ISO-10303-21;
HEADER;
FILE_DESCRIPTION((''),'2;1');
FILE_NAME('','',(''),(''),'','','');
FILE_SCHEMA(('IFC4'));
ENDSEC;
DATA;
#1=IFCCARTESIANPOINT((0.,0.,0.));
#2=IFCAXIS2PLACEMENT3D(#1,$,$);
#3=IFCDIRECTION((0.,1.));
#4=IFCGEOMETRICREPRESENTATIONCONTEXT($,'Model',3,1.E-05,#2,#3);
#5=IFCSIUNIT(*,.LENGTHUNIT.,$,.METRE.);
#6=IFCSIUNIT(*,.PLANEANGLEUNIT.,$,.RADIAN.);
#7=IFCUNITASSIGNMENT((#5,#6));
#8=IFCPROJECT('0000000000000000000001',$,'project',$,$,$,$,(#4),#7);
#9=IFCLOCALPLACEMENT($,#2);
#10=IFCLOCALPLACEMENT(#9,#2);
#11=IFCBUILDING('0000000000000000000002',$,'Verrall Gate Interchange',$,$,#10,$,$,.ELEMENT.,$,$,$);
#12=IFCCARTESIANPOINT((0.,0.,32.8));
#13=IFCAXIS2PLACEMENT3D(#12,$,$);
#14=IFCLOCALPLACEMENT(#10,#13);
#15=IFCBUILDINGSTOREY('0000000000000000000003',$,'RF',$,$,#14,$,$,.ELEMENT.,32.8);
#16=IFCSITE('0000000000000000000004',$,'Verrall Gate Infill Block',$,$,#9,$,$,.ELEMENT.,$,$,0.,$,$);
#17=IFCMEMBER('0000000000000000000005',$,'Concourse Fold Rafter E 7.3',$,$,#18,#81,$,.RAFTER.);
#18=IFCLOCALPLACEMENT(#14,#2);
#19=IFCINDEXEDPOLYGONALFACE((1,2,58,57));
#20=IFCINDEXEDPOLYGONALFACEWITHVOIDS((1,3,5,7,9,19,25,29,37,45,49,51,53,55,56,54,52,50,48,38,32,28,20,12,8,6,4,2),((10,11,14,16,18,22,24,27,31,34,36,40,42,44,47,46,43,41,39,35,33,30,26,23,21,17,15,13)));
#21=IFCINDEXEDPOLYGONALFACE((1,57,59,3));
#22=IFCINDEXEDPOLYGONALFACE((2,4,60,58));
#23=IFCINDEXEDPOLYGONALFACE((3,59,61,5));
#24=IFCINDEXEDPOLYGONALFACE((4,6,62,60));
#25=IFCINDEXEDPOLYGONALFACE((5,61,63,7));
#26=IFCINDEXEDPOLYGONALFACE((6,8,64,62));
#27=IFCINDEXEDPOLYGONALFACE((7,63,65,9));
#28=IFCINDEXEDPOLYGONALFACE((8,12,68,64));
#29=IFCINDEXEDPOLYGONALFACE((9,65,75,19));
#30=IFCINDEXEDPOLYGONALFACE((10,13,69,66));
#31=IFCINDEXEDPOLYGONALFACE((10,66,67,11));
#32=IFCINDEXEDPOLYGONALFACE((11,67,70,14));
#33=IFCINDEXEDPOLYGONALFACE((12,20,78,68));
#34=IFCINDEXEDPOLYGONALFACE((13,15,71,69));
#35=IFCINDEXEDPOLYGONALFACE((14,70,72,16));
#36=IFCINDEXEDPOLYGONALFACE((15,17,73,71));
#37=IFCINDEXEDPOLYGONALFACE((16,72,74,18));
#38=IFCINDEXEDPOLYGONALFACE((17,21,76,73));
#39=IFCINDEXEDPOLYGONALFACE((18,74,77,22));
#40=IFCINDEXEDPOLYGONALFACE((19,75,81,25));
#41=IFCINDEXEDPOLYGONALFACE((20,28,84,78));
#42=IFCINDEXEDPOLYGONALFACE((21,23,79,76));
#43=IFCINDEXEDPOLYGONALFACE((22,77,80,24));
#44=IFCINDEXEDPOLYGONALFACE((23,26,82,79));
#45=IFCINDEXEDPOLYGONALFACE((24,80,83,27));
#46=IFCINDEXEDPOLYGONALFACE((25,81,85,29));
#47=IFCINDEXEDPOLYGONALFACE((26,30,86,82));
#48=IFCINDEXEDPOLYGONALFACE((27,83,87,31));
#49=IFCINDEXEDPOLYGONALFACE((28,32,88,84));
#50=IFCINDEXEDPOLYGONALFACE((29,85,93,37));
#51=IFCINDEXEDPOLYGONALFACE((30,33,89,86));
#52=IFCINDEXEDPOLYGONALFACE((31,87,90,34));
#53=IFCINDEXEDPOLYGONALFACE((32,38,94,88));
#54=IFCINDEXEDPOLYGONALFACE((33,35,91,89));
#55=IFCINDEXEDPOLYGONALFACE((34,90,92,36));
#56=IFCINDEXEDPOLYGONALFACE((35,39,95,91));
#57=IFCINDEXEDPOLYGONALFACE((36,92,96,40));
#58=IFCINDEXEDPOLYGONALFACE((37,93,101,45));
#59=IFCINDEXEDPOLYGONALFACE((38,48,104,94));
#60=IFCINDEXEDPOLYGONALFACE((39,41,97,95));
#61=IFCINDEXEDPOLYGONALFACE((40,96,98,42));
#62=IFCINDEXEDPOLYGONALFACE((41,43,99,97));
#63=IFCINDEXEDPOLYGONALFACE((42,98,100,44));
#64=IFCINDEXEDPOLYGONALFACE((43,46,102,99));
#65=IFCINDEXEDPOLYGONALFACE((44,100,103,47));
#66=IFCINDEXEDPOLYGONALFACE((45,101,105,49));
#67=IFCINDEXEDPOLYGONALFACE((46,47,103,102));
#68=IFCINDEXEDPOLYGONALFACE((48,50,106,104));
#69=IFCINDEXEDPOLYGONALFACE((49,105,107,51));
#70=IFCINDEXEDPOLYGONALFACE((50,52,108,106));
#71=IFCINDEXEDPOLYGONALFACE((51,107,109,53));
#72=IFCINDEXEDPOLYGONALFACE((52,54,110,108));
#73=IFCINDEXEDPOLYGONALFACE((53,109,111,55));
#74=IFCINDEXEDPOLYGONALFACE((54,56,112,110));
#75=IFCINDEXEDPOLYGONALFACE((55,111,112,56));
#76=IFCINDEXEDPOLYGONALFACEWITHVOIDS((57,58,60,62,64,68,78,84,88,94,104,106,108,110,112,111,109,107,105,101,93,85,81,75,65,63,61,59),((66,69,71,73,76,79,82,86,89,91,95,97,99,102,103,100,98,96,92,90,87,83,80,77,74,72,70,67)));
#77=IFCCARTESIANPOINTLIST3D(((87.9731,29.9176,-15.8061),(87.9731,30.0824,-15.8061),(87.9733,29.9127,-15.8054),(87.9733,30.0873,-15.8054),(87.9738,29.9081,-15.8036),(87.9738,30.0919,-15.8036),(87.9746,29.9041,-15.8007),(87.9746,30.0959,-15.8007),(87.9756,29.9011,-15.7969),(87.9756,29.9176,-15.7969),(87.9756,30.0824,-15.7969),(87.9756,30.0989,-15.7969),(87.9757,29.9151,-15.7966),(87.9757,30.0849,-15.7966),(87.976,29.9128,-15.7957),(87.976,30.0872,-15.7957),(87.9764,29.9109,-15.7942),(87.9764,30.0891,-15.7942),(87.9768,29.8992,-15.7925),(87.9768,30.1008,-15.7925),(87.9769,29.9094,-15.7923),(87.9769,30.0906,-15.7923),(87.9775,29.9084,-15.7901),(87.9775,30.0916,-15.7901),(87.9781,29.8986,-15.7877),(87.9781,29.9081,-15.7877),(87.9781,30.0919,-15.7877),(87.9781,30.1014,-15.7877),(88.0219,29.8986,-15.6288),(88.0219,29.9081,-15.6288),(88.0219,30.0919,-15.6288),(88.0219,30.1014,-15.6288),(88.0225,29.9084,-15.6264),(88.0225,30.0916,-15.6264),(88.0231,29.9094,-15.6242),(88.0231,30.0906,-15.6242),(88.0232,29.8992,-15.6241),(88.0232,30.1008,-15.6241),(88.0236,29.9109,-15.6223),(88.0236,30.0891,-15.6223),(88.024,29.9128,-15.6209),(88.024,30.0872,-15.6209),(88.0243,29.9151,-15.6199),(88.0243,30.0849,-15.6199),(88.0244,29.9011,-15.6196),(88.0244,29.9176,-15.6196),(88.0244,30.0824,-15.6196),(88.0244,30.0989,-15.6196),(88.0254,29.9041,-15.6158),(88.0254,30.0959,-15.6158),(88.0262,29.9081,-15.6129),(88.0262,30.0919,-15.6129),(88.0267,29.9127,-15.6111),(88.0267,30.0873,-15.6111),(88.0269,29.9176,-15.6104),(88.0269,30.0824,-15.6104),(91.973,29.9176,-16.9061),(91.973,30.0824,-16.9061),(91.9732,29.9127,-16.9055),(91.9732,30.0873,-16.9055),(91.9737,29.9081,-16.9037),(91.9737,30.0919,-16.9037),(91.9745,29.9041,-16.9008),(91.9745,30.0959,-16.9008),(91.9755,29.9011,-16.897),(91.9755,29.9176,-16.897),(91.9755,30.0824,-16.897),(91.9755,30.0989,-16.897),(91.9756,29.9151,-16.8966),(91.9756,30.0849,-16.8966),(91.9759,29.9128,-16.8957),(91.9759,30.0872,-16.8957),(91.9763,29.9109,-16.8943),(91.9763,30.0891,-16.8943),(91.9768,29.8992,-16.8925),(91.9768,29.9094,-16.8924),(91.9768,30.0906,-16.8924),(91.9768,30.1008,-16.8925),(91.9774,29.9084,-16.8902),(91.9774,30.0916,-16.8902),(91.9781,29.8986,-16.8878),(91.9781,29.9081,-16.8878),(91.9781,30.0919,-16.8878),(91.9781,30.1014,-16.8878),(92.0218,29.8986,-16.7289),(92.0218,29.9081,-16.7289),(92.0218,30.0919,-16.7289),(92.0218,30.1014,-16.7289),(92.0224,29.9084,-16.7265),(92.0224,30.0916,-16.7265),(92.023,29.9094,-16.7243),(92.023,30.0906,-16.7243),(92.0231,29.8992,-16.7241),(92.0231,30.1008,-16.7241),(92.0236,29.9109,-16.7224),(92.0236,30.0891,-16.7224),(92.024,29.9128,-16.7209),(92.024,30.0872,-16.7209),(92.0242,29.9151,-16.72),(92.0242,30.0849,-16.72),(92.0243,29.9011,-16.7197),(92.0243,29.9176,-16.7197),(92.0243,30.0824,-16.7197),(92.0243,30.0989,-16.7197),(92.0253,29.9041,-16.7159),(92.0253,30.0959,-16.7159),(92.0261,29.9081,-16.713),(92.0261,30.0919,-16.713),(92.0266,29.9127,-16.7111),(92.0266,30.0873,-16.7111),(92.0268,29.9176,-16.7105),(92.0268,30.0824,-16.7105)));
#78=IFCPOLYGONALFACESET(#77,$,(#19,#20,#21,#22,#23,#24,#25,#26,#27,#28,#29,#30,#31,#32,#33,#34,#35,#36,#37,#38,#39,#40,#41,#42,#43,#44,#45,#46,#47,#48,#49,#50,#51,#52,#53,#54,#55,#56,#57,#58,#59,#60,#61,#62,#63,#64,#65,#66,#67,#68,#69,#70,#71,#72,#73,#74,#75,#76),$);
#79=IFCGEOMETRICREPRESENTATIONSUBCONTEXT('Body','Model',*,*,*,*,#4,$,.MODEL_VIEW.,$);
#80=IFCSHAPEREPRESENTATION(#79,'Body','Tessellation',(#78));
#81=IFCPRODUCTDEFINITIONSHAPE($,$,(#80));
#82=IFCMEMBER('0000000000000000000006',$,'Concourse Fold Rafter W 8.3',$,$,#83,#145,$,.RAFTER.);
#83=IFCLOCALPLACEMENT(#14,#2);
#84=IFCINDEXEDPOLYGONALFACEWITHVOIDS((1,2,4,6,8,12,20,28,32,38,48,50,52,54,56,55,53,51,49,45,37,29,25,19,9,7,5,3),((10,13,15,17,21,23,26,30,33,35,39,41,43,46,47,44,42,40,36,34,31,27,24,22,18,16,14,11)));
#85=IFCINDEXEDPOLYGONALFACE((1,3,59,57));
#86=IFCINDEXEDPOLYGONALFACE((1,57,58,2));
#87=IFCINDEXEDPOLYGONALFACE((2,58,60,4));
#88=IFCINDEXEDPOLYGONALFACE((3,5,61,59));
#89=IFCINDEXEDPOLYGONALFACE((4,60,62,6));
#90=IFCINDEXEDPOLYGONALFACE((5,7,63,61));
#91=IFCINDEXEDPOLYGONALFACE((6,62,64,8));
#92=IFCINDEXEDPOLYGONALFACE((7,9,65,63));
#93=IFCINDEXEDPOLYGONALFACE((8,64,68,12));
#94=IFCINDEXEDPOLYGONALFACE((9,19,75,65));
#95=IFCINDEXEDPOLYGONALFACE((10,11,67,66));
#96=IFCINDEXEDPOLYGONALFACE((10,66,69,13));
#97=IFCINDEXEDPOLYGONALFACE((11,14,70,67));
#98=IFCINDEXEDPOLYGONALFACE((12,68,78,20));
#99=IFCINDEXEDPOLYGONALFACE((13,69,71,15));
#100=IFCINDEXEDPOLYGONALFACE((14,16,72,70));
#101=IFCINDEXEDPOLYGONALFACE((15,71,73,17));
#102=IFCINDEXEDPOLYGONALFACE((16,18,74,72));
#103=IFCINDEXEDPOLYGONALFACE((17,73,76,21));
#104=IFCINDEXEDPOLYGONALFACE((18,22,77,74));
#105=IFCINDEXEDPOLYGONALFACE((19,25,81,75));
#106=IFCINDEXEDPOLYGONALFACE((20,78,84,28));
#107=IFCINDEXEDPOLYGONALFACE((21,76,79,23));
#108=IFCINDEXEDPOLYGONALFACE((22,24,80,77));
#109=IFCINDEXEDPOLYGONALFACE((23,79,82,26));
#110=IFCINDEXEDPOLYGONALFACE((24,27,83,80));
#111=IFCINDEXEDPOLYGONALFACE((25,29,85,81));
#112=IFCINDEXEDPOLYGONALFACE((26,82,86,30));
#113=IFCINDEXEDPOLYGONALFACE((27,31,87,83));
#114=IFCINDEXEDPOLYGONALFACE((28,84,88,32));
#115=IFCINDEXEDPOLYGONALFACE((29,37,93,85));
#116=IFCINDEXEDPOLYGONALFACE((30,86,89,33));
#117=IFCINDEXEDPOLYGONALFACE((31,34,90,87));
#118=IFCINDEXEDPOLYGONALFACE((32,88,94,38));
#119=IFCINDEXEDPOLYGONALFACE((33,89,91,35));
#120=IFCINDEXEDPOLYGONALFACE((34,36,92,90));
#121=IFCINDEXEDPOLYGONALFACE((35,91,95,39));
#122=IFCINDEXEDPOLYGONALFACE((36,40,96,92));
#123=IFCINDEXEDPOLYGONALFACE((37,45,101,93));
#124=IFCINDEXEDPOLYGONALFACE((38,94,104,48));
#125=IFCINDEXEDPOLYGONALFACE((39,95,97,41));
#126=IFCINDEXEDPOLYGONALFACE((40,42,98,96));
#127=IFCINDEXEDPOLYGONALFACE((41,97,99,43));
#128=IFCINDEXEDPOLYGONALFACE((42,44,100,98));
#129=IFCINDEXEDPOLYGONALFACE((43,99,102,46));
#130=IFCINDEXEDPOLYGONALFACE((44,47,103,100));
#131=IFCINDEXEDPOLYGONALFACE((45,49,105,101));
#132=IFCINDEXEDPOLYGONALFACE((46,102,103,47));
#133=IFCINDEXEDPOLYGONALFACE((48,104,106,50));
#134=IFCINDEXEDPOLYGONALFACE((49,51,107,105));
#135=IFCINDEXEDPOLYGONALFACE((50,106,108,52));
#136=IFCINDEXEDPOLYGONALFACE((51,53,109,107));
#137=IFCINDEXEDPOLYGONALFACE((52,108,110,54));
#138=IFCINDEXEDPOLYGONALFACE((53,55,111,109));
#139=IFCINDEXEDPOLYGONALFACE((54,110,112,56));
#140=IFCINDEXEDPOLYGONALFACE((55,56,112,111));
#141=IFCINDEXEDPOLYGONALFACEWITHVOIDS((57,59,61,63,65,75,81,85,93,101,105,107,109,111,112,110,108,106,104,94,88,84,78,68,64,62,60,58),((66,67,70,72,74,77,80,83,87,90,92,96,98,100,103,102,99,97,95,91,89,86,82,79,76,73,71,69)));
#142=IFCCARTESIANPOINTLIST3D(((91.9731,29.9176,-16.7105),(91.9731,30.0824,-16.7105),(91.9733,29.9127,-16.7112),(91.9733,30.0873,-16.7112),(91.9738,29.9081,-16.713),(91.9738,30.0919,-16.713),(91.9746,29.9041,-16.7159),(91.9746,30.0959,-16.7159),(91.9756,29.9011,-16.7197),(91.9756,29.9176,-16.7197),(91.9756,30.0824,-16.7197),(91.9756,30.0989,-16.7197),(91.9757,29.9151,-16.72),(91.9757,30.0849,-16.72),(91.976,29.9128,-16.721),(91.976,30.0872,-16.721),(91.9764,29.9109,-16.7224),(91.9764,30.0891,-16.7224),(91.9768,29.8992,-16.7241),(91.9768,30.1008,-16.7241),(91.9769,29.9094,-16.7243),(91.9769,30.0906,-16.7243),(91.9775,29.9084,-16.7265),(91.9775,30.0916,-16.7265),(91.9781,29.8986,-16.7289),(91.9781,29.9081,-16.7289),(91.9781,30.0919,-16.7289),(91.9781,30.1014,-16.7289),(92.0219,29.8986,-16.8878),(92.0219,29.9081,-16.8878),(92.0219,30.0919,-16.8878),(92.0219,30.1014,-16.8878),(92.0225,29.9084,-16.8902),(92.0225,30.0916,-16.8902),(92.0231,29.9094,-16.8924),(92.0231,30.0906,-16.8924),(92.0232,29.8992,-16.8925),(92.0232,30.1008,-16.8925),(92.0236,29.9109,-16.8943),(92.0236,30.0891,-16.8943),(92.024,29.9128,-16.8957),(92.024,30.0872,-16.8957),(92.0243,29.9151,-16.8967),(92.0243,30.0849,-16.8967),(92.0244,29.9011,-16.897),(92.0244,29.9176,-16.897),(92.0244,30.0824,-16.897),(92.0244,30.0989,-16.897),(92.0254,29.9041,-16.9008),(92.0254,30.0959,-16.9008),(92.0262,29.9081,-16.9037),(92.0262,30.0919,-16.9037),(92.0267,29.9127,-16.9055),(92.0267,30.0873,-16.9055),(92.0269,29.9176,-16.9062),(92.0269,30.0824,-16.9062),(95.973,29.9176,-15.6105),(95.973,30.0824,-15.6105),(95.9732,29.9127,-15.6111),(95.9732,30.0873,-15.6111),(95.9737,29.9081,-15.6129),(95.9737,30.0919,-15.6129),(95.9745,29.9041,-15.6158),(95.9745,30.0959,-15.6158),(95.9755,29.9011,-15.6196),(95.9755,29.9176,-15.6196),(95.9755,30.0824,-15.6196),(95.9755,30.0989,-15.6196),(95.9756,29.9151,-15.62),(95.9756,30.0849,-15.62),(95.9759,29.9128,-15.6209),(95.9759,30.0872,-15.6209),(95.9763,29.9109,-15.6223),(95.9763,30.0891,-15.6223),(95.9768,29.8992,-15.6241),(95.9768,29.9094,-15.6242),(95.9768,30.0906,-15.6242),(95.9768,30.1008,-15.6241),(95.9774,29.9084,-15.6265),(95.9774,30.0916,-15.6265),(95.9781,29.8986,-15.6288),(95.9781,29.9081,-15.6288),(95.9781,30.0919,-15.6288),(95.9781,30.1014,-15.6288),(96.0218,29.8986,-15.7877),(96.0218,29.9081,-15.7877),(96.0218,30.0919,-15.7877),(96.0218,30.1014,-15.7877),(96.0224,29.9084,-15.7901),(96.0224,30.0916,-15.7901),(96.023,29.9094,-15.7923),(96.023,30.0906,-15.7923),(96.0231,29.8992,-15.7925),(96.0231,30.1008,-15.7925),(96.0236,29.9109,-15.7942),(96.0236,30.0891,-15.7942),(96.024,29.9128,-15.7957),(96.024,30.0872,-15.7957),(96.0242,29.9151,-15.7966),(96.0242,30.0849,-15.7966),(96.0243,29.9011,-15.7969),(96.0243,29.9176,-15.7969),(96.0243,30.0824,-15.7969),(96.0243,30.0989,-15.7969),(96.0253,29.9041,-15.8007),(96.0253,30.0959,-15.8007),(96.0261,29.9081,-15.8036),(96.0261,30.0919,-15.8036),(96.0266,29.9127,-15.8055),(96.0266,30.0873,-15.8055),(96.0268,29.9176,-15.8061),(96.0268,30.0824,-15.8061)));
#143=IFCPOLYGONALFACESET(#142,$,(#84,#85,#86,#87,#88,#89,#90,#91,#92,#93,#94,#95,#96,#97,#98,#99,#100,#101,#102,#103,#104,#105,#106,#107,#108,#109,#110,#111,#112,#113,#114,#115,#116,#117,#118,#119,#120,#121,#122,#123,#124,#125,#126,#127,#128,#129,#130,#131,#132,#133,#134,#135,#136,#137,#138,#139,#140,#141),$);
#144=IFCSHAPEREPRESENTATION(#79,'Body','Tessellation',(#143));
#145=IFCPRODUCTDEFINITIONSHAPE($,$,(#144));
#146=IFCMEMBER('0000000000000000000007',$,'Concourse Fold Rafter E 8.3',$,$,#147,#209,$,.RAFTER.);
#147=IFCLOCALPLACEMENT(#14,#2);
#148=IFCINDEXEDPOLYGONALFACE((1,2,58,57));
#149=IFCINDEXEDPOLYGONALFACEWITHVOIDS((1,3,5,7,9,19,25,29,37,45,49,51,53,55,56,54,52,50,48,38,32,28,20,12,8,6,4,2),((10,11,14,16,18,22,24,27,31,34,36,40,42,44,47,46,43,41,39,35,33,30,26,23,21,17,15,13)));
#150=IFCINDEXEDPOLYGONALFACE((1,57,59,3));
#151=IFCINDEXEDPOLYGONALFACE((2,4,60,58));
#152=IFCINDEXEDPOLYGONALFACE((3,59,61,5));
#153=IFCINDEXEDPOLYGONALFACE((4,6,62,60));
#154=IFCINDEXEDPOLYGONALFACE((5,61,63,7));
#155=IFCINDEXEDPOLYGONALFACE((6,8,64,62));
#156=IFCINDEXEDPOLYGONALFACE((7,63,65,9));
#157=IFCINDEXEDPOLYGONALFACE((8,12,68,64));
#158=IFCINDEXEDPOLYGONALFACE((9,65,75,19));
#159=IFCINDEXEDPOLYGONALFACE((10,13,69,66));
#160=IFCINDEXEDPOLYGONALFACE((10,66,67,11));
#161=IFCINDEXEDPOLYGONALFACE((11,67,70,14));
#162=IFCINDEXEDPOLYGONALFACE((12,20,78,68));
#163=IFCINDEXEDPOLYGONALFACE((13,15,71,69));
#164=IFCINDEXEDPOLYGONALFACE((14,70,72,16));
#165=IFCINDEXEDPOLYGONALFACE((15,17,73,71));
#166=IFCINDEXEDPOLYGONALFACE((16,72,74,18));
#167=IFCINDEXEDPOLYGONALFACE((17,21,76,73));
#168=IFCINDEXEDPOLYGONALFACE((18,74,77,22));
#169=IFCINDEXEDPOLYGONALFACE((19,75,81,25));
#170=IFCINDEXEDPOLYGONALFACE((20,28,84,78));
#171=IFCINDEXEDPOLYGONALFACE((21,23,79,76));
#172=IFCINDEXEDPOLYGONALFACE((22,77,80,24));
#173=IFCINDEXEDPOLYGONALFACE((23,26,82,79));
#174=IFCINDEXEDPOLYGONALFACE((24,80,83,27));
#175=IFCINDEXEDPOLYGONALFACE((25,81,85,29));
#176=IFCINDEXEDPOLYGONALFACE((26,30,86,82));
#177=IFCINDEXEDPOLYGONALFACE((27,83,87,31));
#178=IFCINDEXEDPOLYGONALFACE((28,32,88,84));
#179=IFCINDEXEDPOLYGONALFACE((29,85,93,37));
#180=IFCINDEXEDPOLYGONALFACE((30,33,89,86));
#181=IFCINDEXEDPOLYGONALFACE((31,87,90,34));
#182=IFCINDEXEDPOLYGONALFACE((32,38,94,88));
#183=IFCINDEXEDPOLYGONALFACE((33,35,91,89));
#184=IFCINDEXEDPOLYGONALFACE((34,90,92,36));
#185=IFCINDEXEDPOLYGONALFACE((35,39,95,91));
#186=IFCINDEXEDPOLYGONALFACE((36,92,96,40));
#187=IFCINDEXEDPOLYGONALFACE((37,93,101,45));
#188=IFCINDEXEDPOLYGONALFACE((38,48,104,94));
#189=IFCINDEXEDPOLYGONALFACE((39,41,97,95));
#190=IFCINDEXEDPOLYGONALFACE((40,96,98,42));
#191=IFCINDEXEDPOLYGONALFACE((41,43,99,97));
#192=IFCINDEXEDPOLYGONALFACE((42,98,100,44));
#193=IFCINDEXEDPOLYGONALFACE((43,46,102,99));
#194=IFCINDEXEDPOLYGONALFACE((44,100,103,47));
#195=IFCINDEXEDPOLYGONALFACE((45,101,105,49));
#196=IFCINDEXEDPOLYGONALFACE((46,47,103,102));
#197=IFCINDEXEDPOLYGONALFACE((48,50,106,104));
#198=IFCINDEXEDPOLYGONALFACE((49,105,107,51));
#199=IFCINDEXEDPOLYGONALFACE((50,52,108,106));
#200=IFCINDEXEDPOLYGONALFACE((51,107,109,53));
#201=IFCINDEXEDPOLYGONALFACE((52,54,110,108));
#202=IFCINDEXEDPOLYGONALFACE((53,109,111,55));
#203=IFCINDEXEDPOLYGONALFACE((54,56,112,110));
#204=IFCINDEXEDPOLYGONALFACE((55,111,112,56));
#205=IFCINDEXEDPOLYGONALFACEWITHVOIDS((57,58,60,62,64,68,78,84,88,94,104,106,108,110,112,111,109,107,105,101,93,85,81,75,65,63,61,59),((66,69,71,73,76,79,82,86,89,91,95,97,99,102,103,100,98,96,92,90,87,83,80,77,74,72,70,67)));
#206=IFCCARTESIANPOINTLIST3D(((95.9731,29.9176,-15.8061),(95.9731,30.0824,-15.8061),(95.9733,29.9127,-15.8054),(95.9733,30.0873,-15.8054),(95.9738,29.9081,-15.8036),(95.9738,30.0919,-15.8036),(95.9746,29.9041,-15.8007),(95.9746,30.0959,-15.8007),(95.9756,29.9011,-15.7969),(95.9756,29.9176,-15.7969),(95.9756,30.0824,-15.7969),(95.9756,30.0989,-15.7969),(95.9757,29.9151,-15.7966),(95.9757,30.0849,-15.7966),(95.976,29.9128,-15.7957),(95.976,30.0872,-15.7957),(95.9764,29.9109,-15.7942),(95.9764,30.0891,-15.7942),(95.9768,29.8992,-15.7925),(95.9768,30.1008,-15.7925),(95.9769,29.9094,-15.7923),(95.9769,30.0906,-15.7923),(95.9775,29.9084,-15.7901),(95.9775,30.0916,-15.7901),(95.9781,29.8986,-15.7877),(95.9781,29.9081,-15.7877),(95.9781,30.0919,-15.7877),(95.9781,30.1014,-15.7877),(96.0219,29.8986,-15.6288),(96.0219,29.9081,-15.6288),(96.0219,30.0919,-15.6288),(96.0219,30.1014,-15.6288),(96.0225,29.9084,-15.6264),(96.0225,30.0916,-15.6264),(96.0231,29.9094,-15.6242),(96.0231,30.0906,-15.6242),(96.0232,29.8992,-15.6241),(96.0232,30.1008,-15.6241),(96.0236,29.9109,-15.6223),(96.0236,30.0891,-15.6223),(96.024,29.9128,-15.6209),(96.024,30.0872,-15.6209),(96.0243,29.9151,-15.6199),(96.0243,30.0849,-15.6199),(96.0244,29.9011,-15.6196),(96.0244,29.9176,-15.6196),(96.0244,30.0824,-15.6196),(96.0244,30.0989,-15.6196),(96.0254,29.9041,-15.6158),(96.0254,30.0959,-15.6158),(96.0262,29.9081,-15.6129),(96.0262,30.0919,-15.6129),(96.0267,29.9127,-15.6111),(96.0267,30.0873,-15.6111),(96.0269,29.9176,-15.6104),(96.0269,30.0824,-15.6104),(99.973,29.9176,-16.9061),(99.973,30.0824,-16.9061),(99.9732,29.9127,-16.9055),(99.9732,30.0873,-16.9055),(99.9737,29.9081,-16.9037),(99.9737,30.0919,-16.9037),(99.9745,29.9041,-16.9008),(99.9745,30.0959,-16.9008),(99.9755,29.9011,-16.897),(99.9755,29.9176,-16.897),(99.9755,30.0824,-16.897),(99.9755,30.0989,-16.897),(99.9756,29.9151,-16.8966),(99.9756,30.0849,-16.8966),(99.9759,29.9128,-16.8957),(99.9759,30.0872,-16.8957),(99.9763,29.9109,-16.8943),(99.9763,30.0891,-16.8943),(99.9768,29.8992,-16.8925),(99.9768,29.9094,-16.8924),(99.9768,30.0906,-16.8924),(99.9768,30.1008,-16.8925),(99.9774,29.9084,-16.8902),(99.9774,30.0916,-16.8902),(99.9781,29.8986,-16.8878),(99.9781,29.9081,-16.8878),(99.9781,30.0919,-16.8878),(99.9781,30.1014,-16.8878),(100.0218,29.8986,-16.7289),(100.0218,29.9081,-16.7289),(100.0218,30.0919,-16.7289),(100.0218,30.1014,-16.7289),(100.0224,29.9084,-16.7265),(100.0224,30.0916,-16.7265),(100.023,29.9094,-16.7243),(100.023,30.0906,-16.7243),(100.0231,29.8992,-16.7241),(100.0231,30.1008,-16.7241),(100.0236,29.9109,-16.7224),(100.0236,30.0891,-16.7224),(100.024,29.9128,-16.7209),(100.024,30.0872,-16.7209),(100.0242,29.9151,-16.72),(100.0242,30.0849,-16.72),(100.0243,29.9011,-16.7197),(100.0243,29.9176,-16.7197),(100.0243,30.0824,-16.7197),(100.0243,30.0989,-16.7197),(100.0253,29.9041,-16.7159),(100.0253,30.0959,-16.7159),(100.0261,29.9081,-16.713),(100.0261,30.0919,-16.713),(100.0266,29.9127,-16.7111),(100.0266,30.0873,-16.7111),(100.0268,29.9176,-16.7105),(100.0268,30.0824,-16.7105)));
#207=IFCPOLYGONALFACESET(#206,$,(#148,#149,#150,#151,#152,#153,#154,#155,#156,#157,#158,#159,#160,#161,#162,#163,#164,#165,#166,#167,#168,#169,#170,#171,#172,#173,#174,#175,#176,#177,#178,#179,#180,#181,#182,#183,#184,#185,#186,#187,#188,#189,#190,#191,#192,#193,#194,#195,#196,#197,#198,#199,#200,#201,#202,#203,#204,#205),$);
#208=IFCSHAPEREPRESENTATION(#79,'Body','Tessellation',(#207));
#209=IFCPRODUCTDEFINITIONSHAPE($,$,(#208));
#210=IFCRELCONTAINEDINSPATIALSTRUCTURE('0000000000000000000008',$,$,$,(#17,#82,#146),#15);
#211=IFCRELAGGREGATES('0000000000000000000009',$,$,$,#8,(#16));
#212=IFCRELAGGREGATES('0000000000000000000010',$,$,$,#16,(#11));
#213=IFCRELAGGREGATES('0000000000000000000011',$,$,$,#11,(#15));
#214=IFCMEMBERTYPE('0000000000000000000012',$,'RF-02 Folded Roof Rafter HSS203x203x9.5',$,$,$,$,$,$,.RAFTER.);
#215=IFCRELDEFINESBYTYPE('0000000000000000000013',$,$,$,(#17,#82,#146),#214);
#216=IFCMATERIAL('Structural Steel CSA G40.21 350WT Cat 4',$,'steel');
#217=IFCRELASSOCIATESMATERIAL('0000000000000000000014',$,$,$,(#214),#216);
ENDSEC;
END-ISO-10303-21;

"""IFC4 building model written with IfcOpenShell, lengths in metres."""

from ifc_helpers import new_model, si_unit, direction, frame, origin, origin_2d, place, context, subcontext, project, spatial, hollow_rectangle, extrude, material, material_profile, profile_set, type_object, element, save


model = new_model("IFC4")

# Units and contexts
model_context = context("Model", 3, precision=1e-05, world=origin(), true_north=direction((0.0, 1.0)))
body_context = subcontext(model_context, "Body", "Model", "MODEL_VIEW")
ifc_project = project(units=[si_unit("LENGTHUNIT", "METRE"), si_unit("PLANEANGLEUNIT", "RADIAN")], contexts=[model_context])

# Site, building, storey
site_placement = place(None, origin())
site = spatial("IfcSite", under=ifc_project, at=site_placement, Name="Verrall Gate Infill Block", CompositionType="ELEMENT", RefElevation=0.0)
building_placement = place(site_placement, origin())
building = spatial("IfcBuilding", under=site, at=building_placement, Name="Verrall Gate Interchange", CompositionType="ELEMENT")
storey_placement = place(building_placement, frame((0.0, 0.0, 32.8)))
storey = spatial("IfcBuildingStorey", under=building, at=storey_placement, Name="RF", CompositionType="ELEMENT", Elevation=32.8)

# Members
ifc_material_1 = material(Name="Structural Steel CSA G40.21 350WT Cat 4", Category="steel")
ifc_material_profile_1 = material_profile(ifc_material_1, hollow_rectangle(XDim=0.2029, YDim=0.2029, WallThickness=0.0095, InnerFilletRadius=0.0095, OuterFilletRadius=0.019, at=origin_2d()), Name="HSS203x203x9.5")
ifc_profile_set_1 = profile_set([ifc_material_profile_1], Name="Structural Steel CSA G40.21 350WT Cat 4")
member_type_1 = type_object("IfcMemberType", Name="RF-02 Folded Roof Rafter HSS203x203x9.5", PredefinedType="RAFTER", material=ifc_profile_set_1)
for number, where, z_axis, x_axis, name in (
    (1, (88.0, 30.0, -15.7083), (0.964199, 0.0, -0.265178), (0.0, 1.0, 0.0), "Concourse Fold Rafter E 7.3"),
    (2, (92.0, 30.0, -16.8083), (0.964199, 0.0, 0.265178), (0.0, 1.0, 0.0), "Concourse Fold Rafter W 8.3"),
    (3, (96.0, 30.0, -15.7083), (0.964199, 0.0, -0.265178), (0.0, 1.0, 0.0), "Concourse Fold Rafter E 8.3"),
):
    element("IfcMember", number, at=place(storey_placement, frame(where, z_axis=z_axis, x_axis=x_axis)), inside=storey, type_object=member_type_1, Name=name, PredefinedType="RAFTER", context=body_context, shape_type="SweptSolid", body=[
        extrude(hollow_rectangle(XDim=0.2029, YDim=0.2029, WallThickness=0.0095, InnerFilletRadius=0.0095, OuterFilletRadius=0.019, at=origin_2d()), origin(), (0.0, 0.0, 1.0), 4.1484),
    ])

save(model, "model.ifc")
